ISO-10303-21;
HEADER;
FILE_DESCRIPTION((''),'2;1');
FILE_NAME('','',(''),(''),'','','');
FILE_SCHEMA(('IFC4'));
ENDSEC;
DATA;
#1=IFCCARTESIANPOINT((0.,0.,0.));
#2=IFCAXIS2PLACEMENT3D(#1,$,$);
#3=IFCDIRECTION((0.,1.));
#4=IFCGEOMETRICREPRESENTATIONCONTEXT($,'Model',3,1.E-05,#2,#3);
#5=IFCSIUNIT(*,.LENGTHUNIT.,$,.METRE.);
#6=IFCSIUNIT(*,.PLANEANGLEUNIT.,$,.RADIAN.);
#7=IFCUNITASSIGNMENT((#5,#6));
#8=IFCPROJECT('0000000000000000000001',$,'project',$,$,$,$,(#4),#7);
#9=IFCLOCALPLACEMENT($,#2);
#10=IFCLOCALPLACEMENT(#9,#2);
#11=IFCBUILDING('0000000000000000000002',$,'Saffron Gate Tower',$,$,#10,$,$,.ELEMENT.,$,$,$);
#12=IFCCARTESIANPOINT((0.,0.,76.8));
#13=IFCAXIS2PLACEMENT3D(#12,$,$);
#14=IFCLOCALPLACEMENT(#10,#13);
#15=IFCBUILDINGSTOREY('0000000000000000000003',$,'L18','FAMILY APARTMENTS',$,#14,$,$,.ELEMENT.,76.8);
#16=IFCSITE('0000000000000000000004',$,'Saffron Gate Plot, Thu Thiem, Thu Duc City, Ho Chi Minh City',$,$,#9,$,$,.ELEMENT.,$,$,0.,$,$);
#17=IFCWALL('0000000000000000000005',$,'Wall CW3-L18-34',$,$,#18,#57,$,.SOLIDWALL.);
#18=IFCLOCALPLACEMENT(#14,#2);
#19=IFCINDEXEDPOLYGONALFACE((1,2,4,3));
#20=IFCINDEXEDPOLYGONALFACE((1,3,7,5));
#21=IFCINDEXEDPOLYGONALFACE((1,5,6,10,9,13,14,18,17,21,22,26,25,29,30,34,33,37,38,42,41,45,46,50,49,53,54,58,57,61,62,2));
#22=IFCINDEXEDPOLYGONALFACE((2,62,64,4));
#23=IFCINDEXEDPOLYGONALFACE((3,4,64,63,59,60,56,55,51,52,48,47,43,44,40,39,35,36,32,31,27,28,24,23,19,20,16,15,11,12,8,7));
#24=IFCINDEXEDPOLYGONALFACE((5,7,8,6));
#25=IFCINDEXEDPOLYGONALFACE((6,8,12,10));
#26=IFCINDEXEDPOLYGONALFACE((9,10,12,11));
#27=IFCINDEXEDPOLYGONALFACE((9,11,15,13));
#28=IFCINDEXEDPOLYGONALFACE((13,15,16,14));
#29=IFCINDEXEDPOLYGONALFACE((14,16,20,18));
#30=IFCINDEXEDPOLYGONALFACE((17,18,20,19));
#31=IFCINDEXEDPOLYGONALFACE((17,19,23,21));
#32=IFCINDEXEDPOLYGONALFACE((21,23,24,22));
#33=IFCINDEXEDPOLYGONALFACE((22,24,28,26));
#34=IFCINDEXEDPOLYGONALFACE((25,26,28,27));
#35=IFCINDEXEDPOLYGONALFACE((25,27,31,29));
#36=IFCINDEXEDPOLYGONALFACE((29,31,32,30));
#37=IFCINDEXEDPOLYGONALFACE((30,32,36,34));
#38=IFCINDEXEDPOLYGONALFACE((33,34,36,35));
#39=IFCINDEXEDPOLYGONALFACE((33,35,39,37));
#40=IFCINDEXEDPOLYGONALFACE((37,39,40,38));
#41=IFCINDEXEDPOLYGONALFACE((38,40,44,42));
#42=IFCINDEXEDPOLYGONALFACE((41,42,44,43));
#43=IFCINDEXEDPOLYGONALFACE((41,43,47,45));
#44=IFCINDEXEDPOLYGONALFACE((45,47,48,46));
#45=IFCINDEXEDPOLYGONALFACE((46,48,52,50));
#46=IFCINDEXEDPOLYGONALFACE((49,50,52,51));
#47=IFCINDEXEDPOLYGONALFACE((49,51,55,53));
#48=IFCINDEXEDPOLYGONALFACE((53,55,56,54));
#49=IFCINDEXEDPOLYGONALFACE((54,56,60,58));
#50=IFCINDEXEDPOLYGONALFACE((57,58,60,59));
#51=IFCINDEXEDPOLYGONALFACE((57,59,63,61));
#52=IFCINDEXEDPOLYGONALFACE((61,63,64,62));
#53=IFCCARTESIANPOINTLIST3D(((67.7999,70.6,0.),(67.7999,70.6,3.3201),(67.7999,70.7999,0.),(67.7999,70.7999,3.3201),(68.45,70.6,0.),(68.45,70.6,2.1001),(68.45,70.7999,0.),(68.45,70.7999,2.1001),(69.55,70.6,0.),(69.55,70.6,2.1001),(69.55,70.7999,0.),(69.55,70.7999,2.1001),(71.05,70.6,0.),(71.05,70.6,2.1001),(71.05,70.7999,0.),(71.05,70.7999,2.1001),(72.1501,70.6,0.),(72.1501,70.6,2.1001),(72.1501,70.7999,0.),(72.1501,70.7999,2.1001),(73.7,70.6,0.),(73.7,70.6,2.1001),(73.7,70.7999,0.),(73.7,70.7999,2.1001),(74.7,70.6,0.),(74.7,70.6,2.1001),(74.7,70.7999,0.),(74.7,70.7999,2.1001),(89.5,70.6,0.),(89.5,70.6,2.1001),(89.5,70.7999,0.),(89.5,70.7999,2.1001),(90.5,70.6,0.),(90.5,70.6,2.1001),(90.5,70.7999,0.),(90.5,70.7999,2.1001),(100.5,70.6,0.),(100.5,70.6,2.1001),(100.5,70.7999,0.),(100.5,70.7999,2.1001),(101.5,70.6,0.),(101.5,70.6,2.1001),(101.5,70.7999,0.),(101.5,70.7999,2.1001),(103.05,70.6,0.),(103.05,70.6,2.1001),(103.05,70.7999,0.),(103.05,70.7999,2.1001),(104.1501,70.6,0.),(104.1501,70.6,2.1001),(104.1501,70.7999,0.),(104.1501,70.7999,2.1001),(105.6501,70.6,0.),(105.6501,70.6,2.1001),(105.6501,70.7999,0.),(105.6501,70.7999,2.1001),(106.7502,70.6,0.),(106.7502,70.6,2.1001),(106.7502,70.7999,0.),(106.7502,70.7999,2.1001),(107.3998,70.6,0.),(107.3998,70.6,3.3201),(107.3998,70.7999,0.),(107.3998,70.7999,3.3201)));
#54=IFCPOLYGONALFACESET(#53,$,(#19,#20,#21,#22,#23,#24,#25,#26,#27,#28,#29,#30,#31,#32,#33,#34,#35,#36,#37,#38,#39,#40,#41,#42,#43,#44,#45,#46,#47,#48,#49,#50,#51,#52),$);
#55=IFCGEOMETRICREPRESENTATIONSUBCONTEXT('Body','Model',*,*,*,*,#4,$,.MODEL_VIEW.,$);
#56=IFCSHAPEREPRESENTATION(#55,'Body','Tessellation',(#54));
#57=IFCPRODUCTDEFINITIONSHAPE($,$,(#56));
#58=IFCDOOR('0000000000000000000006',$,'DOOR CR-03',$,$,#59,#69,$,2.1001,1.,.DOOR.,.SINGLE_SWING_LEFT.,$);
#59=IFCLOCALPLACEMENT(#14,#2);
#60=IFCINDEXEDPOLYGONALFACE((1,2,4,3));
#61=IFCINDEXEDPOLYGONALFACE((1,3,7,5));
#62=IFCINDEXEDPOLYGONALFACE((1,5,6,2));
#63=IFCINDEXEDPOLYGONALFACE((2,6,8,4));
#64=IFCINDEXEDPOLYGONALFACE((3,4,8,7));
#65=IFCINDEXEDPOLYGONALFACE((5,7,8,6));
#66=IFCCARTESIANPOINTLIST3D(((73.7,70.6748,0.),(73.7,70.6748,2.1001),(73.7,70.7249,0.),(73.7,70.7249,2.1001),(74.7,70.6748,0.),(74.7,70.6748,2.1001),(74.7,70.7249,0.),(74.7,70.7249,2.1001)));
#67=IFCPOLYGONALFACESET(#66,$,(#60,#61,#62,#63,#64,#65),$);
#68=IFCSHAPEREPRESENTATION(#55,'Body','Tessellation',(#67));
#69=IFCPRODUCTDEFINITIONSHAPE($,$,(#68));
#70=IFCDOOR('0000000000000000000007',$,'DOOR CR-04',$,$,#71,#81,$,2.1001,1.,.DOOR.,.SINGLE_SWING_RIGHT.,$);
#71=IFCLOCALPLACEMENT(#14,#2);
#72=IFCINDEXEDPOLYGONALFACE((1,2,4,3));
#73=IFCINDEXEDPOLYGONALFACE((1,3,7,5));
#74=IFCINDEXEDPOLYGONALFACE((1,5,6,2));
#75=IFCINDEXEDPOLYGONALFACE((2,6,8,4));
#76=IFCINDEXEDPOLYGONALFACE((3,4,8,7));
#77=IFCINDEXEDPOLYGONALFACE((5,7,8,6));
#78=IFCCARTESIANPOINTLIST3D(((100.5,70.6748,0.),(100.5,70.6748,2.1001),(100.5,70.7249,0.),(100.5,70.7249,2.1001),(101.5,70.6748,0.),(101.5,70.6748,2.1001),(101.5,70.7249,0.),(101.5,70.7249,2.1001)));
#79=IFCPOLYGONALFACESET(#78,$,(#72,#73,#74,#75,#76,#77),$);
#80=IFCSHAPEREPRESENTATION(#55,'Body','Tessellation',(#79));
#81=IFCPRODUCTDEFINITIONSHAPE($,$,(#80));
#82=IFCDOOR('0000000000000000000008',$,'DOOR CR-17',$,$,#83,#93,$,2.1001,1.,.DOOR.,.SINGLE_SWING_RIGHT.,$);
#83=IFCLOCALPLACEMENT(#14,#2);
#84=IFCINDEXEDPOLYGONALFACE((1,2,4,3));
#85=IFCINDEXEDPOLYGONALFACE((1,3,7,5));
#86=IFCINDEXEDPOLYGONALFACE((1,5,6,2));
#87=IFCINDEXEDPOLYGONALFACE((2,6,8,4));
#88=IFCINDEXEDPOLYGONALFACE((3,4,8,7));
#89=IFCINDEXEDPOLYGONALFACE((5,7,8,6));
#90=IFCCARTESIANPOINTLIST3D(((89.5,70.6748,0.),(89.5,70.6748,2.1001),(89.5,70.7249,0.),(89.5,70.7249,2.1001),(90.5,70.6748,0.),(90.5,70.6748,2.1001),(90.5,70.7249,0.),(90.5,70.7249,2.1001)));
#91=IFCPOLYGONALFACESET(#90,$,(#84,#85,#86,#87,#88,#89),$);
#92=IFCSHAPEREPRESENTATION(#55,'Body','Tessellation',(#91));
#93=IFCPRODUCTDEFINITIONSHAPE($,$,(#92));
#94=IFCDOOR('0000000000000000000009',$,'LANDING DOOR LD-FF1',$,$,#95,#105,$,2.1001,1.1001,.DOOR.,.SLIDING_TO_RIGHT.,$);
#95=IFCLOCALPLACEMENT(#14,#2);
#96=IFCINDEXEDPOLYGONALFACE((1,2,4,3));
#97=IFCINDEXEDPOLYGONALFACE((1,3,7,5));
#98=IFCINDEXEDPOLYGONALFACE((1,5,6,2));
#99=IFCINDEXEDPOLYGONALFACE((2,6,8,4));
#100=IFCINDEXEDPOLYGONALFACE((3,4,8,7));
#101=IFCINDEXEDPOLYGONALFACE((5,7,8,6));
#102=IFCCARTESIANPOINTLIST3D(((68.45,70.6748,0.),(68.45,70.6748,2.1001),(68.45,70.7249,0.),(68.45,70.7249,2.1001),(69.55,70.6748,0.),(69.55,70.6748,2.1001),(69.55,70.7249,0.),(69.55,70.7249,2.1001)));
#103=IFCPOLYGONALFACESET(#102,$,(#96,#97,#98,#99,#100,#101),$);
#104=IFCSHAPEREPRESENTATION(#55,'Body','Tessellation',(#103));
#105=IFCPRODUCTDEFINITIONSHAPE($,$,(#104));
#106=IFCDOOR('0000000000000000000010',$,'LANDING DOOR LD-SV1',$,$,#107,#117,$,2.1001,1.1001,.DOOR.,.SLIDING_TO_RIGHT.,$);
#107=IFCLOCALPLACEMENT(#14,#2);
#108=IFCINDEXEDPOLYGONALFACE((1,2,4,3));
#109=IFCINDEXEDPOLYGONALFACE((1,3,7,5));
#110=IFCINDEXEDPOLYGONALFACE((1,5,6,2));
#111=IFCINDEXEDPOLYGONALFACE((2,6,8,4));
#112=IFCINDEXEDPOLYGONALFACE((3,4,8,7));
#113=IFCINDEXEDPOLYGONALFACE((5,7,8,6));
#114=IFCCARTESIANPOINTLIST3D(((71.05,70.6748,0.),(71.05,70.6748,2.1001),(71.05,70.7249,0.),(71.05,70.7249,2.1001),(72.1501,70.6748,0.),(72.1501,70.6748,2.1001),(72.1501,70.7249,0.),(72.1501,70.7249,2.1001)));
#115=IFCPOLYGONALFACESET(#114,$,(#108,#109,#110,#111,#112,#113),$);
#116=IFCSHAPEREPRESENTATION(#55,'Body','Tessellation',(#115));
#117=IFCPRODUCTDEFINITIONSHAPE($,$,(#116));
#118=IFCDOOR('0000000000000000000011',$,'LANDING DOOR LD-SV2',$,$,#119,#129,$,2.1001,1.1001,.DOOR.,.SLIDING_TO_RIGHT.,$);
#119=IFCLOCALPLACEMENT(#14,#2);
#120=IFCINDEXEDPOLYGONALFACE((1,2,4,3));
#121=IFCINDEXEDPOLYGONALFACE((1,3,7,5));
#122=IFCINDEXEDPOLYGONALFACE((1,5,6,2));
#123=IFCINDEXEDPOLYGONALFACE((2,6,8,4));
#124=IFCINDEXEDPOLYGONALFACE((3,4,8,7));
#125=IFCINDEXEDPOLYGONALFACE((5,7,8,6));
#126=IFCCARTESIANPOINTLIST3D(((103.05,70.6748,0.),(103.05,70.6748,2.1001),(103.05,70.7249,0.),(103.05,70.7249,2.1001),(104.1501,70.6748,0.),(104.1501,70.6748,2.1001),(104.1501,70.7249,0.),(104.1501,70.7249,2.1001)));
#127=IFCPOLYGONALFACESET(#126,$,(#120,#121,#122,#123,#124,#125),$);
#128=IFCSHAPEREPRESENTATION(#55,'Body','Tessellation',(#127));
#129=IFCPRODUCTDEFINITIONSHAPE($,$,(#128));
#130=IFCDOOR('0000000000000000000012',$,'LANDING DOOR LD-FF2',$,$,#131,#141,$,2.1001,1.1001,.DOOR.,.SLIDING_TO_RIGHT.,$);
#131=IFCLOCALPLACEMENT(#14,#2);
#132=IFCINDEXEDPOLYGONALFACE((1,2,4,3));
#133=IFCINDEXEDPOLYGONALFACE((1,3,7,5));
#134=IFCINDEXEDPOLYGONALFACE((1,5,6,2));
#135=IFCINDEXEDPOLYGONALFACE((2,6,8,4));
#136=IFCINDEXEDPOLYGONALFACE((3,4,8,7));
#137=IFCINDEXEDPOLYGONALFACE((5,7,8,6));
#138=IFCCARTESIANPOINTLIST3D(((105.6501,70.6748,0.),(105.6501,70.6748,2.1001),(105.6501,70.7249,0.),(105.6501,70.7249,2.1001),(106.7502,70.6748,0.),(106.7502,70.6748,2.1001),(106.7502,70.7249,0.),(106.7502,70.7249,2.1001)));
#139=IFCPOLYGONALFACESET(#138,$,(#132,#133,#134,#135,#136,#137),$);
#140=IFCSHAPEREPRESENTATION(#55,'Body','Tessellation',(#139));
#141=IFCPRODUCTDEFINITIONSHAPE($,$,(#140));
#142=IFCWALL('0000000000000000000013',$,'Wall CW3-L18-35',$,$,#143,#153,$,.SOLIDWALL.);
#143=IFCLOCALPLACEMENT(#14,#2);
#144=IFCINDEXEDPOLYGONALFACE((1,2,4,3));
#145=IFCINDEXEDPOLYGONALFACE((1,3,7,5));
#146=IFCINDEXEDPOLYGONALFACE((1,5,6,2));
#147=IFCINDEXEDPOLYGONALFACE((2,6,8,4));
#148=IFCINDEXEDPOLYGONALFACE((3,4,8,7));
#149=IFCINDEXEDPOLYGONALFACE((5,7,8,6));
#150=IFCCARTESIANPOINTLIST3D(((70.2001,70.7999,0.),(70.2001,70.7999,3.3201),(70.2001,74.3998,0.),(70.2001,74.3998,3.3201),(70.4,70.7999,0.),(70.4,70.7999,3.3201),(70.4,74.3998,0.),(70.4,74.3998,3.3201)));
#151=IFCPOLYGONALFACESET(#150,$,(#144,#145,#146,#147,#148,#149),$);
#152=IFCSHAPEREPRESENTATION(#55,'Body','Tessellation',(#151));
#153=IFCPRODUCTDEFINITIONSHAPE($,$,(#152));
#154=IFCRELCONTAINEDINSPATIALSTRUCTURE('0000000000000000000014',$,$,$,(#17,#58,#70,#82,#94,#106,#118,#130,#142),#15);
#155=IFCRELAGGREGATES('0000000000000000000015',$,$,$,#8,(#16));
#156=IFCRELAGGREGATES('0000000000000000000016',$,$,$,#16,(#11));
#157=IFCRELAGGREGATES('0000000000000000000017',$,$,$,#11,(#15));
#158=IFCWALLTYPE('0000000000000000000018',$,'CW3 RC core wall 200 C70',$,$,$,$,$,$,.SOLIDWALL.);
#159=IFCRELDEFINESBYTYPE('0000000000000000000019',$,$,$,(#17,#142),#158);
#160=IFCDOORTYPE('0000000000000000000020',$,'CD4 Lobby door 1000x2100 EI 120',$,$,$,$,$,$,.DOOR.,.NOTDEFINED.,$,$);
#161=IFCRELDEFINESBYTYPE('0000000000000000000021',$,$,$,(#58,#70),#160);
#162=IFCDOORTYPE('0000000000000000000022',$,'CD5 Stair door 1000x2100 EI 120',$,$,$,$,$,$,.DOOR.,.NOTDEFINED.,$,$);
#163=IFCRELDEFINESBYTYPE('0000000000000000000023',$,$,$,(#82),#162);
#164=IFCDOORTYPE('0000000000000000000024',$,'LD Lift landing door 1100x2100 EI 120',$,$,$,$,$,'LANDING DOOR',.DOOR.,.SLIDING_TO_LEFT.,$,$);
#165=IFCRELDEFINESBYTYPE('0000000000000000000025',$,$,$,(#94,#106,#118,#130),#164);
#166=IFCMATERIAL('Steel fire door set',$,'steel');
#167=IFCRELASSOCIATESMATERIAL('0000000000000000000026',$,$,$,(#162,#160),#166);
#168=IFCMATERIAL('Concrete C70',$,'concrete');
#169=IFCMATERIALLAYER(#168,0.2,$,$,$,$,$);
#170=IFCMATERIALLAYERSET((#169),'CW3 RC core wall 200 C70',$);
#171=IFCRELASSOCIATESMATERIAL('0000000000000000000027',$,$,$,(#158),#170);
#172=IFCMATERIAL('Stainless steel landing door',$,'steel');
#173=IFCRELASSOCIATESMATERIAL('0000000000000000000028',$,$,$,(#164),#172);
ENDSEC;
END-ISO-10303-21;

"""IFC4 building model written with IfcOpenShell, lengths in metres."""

from ifc_helpers import new_model, si_unit, direction, frame, frame_2d, origin, place, context, subcontext, project, spatial, rectangle, extrude, material, layer, layer_set, type_object, element, fill, save


model = new_model("IFC4")

# Units and contexts
model_context = context("Model", 3, precision=1e-05, world=origin(), true_north=direction((0.0, 1.0)))
body_context = subcontext(model_context, "Body", "Model", "MODEL_VIEW")
ifc_project = project(units=[si_unit("LENGTHUNIT", "METRE"), si_unit("PLANEANGLEUNIT", "RADIAN")], contexts=[model_context])

# Site, building, storey
site_placement = place(None, origin())
site = spatial("IfcSite", under=ifc_project, at=site_placement, Name="Saffron Gate Plot, Thu Thiem, Thu Duc City, Ho Chi Minh City", CompositionType="ELEMENT", RefElevation=0.0)
building_placement = place(site_placement, origin())
building = spatial("IfcBuilding", under=site, at=building_placement, Name="Saffron Gate Tower", CompositionType="ELEMENT")
storey_placement = place(building_placement, frame((0.0, 0.0, 76.8)))
storey = spatial("IfcBuildingStorey", under=building, at=storey_placement, Name="L18", Description="FAMILY APARTMENTS", CompositionType="ELEMENT", Elevation=76.8)

# Shared definitions
ifc_material_1 = material(Name="Concrete C70", Category="concrete")

# Wall, openings, doors
ifc_material_2 = material(Name="Steel fire door set", Category="steel")
door_type_1 = type_object("IfcDoorType", Name="CD5 Stair door 1000x2100 EI 120", OperationType="NOTDEFINED", PredefinedType="DOOR", material=ifc_material_2)
ifc_layer_1 = layer(ifc_material_1, 0.2)
ifc_layer_set_1 = layer_set([ifc_layer_1], Name="CW3 RC core wall 200 C70")
wall_type_1 = type_object("IfcWallType", Name="CW3 RC core wall 200 C70", PredefinedType="SOLIDWALL", material=ifc_layer_set_1)
wall_1_placement = place(storey_placement, frame((67.8, 70.7, 0.0), z_axis=(0.0, 0.0, 1.0), x_axis=(1.0, 0.0, 0.0)))
wall_1 = element("IfcWall", 1, at=wall_1_placement, inside=storey, type_object=wall_type_1, Name="Wall CW3-L18-34", PredefinedType="SOLIDWALL", context=body_context, shape_type="SweptSolid", body=[
    extrude(rectangle(XDim=39.5999, YDim=0.2, at=frame_2d((19.7998, 0.0))), origin(), (0.0, 0.0, 1.0), 3.3201),
])
opening_1_placement = place(wall_1_placement, frame((0.6499, 0.0, 0.0)))
opening_1 = element("IfcOpeningElement", 2, at=opening_1_placement, cuts=wall_1, PredefinedType="OPENING", context=body_context, shape_type="SweptSolid", body=[
    extrude(rectangle(XDim=1.1001, YDim=2.1001, at=frame_2d((0.55, 1.05))), frame((0.0, 0.1099, 0.0), z_axis=(0.0, -1.0, 0.0), x_axis=(1.0, 0.0, 0.0)), (0.0, 0.0, 1.0), 0.22),
])
opening_2_placement = place(wall_1_placement, frame((3.25, 0.0, 0.0)))
opening_2 = element("IfcOpeningElement", 3, at=opening_2_placement, cuts=wall_1, PredefinedType="OPENING", context=body_context, shape_type="SweptSolid", body=[
    extrude(rectangle(XDim=1.1001, YDim=2.1001, at=frame_2d((0.55, 1.05))), frame((0.0, 0.1099, 0.0), z_axis=(0.0, -1.0, 0.0), x_axis=(1.0, 0.0, 0.0)), (0.0, 0.0, 1.0), 0.22),
])
opening_3_placement = place(wall_1_placement, frame((5.8999, 0.0, 0.0)))
opening_3 = element("IfcOpeningElement", 4, at=opening_3_placement, cuts=wall_1, PredefinedType="OPENING", context=body_context, shape_type="SweptSolid", body=[
    extrude(rectangle(XDim=1.0, YDim=2.1001, at=frame_2d((0.5, 1.05))), frame((0.0, 0.1099, 0.0), z_axis=(0.0, -1.0, 0.0), x_axis=(1.0, 0.0, 0.0)), (0.0, 0.0, 1.0), 0.22),
])
opening_4_placement = place(wall_1_placement, frame((21.7, 0.0, 0.0)))
opening_4 = element("IfcOpeningElement", 5, at=opening_4_placement, cuts=wall_1, PredefinedType="OPENING", context=body_context, shape_type="SweptSolid", body=[
    extrude(rectangle(XDim=1.0, YDim=2.1001, at=frame_2d((0.5, 1.05))), frame((0.0, 0.1099, 0.0), z_axis=(0.0, -1.0, 0.0), x_axis=(1.0, 0.0, 0.0)), (0.0, 0.0, 1.0), 0.22),
])
opening_5_placement = place(wall_1_placement, frame((32.7, 0.0, 0.0)))
opening_5 = element("IfcOpeningElement", 6, at=opening_5_placement, cuts=wall_1, PredefinedType="OPENING", context=body_context, shape_type="SweptSolid", body=[
    extrude(rectangle(XDim=1.0, YDim=2.1001, at=frame_2d((0.5, 1.05))), frame((0.0, 0.1099, 0.0), z_axis=(0.0, -1.0, 0.0), x_axis=(1.0, 0.0, 0.0)), (0.0, 0.0, 1.0), 0.22),
])
opening_6_placement = place(wall_1_placement, frame((35.25, 0.0, 0.0)))
opening_6 = element("IfcOpeningElement", 7, at=opening_6_placement, cuts=wall_1, PredefinedType="OPENING", context=body_context, shape_type="SweptSolid", body=[
    extrude(rectangle(XDim=1.1001, YDim=2.1001, at=frame_2d((0.55, 1.05))), frame((0.0, 0.1099, 0.0), z_axis=(0.0, -1.0, 0.0), x_axis=(1.0, 0.0, 0.0)), (0.0, 0.0, 1.0), 0.22),
])
opening_7_placement = place(wall_1_placement, frame((37.8501, 0.0, 0.0)))
opening_7 = element("IfcOpeningElement", 8, at=opening_7_placement, cuts=wall_1, PredefinedType="OPENING", context=body_context, shape_type="SweptSolid", body=[
    extrude(rectangle(XDim=1.1001, YDim=2.1001, at=frame_2d((0.55, 1.05))), frame((0.0, 0.1099, 0.0), z_axis=(0.0, -1.0, 0.0), x_axis=(1.0, 0.0, 0.0)), (0.0, 0.0, 1.0), 0.22),
])
door_type_2 = type_object("IfcDoorType", Name="CD4 Lobby door 1000x2100 EI 120", OperationType="NOTDEFINED", PredefinedType="DOOR", material=ifc_material_2)
door_1_placement = place(opening_3_placement, origin())
door_1 = element("IfcDoor", 9, at=door_1_placement, inside=storey, type_object=door_type_2, Name="DOOR CR-03", OperationType="SINGLE_SWING_LEFT", OverallHeight=2.1001, OverallWidth=1.0, PredefinedType="DOOR", context=body_context, shape_type="SweptSolid", body=[
    extrude(rectangle(XDim=1.0, YDim=2.1001, at=frame_2d((0.5, 1.05))), frame((0.0, 0.0249, 0.0), z_axis=(0.0, -1.0, 0.0), x_axis=(1.0, 0.0, 0.0)), (0.0, 0.0, 1.0), 0.05),
])
fill(opening_3, door_1)
door_2_placement = place(opening_5_placement, origin())
door_2 = element("IfcDoor", 10, at=door_2_placement, inside=storey, type_object=door_type_2, Name="DOOR CR-04", OperationType="SINGLE_SWING_RIGHT", OverallHeight=2.1001, OverallWidth=1.0, PredefinedType="DOOR", context=body_context, shape_type="SweptSolid", body=[
    extrude(rectangle(XDim=1.0, YDim=2.1001, at=frame_2d((0.5, 1.05))), frame((0.0, 0.0249, 0.0), z_axis=(0.0, -1.0, 0.0), x_axis=(1.0, 0.0, 0.0)), (0.0, 0.0, 1.0), 0.05),
])
fill(opening_5, door_2)
door_3_placement = place(opening_4_placement, origin())
door_3 = element("IfcDoor", 11, at=door_3_placement, inside=storey, type_object=door_type_1, Name="DOOR CR-17", OperationType="SINGLE_SWING_RIGHT", OverallHeight=2.1001, OverallWidth=1.0, PredefinedType="DOOR", context=body_context, shape_type="SweptSolid", body=[
    extrude(rectangle(XDim=1.0, YDim=2.1001, at=frame_2d((0.5, 1.05))), frame((0.0, 0.0249, 0.0), z_axis=(0.0, -1.0, 0.0), x_axis=(1.0, 0.0, 0.0)), (0.0, 0.0, 1.0), 0.05),
])
fill(opening_4, door_3)
ifc_material_3 = material(Name="Stainless steel landing door", Category="steel")
door_type_3 = type_object("IfcDoorType", Name="LD Lift landing door 1100x2100 EI 120", ElementType="LANDING DOOR", OperationType="SLIDING_TO_LEFT", PredefinedType="DOOR", material=ifc_material_3)
door_4_placement = place(opening_1_placement, origin())
door_4 = element("IfcDoor", 12, at=door_4_placement, inside=storey, type_object=door_type_3, Name="LANDING DOOR LD-FF1", OperationType="SLIDING_TO_RIGHT", OverallHeight=2.1001, OverallWidth=1.1001, PredefinedType="DOOR", context=body_context, shape_type="SweptSolid", body=[
    extrude(rectangle(XDim=1.1001, YDim=2.1001, at=frame_2d((0.55, 1.05))), frame((0.0, 0.0249, 0.0), z_axis=(0.0, -1.0, 0.0), x_axis=(1.0, 0.0, 0.0)), (0.0, 0.0, 1.0), 0.05),
])
fill(opening_1, door_4)
door_5_placement = place(opening_2_placement, origin())
door_5 = element("IfcDoor", 13, at=door_5_placement, inside=storey, type_object=door_type_3, Name="LANDING DOOR LD-SV1", OperationType="SLIDING_TO_RIGHT", OverallHeight=2.1001, OverallWidth=1.1001, PredefinedType="DOOR", context=body_context, shape_type="SweptSolid", body=[
    extrude(rectangle(XDim=1.1001, YDim=2.1001, at=frame_2d((0.55, 1.05))), frame((0.0, 0.0249, 0.0), z_axis=(0.0, -1.0, 0.0), x_axis=(1.0, 0.0, 0.0)), (0.0, 0.0, 1.0), 0.05),
])
fill(opening_2, door_5)
door_6_placement = place(opening_6_placement, origin())
door_6 = element("IfcDoor", 14, at=door_6_placement, inside=storey, type_object=door_type_3, Name="LANDING DOOR LD-SV2", OperationType="SLIDING_TO_RIGHT", OverallHeight=2.1001, OverallWidth=1.1001, PredefinedType="DOOR", context=body_context, shape_type="SweptSolid", body=[
    extrude(rectangle(XDim=1.1001, YDim=2.1001, at=frame_2d((0.55, 1.05))), frame((0.0, 0.0249, 0.0), z_axis=(0.0, -1.0, 0.0), x_axis=(1.0, 0.0, 0.0)), (0.0, 0.0, 1.0), 0.05),
])
fill(opening_6, door_6)
door_7_placement = place(opening_7_placement, origin())
door_7 = element("IfcDoor", 15, at=door_7_placement, inside=storey, type_object=door_type_3, Name="LANDING DOOR LD-FF2", OperationType="SLIDING_TO_RIGHT", OverallHeight=2.1001, OverallWidth=1.1001, PredefinedType="DOOR", context=body_context, shape_type="SweptSolid", body=[
    extrude(rectangle(XDim=1.1001, YDim=2.1001, at=frame_2d((0.55, 1.05))), frame((0.0, 0.0249, 0.0), z_axis=(0.0, -1.0, 0.0), x_axis=(1.0, 0.0, 0.0)), (0.0, 0.0, 1.0), 0.05),
])
fill(opening_7, door_7)

# Wall
wall_2_placement = place(storey_placement, frame((70.3, 70.8, 0.0), z_axis=(0.0, 0.0, 1.0), x_axis=(0.0, 1.0, 0.0)))
element("IfcWall", 16, at=wall_2_placement, inside=storey, type_object=wall_type_1, Name="Wall CW3-L18-35", PredefinedType="SOLIDWALL", context=body_context, shape_type="SweptSolid", body=[
    extrude(rectangle(XDim=3.5999, YDim=0.2, at=frame_2d((1.7998, 0.0))), origin(), (0.0, 0.0, 1.0), 3.3201),
])

save(model, "model.ifc")
